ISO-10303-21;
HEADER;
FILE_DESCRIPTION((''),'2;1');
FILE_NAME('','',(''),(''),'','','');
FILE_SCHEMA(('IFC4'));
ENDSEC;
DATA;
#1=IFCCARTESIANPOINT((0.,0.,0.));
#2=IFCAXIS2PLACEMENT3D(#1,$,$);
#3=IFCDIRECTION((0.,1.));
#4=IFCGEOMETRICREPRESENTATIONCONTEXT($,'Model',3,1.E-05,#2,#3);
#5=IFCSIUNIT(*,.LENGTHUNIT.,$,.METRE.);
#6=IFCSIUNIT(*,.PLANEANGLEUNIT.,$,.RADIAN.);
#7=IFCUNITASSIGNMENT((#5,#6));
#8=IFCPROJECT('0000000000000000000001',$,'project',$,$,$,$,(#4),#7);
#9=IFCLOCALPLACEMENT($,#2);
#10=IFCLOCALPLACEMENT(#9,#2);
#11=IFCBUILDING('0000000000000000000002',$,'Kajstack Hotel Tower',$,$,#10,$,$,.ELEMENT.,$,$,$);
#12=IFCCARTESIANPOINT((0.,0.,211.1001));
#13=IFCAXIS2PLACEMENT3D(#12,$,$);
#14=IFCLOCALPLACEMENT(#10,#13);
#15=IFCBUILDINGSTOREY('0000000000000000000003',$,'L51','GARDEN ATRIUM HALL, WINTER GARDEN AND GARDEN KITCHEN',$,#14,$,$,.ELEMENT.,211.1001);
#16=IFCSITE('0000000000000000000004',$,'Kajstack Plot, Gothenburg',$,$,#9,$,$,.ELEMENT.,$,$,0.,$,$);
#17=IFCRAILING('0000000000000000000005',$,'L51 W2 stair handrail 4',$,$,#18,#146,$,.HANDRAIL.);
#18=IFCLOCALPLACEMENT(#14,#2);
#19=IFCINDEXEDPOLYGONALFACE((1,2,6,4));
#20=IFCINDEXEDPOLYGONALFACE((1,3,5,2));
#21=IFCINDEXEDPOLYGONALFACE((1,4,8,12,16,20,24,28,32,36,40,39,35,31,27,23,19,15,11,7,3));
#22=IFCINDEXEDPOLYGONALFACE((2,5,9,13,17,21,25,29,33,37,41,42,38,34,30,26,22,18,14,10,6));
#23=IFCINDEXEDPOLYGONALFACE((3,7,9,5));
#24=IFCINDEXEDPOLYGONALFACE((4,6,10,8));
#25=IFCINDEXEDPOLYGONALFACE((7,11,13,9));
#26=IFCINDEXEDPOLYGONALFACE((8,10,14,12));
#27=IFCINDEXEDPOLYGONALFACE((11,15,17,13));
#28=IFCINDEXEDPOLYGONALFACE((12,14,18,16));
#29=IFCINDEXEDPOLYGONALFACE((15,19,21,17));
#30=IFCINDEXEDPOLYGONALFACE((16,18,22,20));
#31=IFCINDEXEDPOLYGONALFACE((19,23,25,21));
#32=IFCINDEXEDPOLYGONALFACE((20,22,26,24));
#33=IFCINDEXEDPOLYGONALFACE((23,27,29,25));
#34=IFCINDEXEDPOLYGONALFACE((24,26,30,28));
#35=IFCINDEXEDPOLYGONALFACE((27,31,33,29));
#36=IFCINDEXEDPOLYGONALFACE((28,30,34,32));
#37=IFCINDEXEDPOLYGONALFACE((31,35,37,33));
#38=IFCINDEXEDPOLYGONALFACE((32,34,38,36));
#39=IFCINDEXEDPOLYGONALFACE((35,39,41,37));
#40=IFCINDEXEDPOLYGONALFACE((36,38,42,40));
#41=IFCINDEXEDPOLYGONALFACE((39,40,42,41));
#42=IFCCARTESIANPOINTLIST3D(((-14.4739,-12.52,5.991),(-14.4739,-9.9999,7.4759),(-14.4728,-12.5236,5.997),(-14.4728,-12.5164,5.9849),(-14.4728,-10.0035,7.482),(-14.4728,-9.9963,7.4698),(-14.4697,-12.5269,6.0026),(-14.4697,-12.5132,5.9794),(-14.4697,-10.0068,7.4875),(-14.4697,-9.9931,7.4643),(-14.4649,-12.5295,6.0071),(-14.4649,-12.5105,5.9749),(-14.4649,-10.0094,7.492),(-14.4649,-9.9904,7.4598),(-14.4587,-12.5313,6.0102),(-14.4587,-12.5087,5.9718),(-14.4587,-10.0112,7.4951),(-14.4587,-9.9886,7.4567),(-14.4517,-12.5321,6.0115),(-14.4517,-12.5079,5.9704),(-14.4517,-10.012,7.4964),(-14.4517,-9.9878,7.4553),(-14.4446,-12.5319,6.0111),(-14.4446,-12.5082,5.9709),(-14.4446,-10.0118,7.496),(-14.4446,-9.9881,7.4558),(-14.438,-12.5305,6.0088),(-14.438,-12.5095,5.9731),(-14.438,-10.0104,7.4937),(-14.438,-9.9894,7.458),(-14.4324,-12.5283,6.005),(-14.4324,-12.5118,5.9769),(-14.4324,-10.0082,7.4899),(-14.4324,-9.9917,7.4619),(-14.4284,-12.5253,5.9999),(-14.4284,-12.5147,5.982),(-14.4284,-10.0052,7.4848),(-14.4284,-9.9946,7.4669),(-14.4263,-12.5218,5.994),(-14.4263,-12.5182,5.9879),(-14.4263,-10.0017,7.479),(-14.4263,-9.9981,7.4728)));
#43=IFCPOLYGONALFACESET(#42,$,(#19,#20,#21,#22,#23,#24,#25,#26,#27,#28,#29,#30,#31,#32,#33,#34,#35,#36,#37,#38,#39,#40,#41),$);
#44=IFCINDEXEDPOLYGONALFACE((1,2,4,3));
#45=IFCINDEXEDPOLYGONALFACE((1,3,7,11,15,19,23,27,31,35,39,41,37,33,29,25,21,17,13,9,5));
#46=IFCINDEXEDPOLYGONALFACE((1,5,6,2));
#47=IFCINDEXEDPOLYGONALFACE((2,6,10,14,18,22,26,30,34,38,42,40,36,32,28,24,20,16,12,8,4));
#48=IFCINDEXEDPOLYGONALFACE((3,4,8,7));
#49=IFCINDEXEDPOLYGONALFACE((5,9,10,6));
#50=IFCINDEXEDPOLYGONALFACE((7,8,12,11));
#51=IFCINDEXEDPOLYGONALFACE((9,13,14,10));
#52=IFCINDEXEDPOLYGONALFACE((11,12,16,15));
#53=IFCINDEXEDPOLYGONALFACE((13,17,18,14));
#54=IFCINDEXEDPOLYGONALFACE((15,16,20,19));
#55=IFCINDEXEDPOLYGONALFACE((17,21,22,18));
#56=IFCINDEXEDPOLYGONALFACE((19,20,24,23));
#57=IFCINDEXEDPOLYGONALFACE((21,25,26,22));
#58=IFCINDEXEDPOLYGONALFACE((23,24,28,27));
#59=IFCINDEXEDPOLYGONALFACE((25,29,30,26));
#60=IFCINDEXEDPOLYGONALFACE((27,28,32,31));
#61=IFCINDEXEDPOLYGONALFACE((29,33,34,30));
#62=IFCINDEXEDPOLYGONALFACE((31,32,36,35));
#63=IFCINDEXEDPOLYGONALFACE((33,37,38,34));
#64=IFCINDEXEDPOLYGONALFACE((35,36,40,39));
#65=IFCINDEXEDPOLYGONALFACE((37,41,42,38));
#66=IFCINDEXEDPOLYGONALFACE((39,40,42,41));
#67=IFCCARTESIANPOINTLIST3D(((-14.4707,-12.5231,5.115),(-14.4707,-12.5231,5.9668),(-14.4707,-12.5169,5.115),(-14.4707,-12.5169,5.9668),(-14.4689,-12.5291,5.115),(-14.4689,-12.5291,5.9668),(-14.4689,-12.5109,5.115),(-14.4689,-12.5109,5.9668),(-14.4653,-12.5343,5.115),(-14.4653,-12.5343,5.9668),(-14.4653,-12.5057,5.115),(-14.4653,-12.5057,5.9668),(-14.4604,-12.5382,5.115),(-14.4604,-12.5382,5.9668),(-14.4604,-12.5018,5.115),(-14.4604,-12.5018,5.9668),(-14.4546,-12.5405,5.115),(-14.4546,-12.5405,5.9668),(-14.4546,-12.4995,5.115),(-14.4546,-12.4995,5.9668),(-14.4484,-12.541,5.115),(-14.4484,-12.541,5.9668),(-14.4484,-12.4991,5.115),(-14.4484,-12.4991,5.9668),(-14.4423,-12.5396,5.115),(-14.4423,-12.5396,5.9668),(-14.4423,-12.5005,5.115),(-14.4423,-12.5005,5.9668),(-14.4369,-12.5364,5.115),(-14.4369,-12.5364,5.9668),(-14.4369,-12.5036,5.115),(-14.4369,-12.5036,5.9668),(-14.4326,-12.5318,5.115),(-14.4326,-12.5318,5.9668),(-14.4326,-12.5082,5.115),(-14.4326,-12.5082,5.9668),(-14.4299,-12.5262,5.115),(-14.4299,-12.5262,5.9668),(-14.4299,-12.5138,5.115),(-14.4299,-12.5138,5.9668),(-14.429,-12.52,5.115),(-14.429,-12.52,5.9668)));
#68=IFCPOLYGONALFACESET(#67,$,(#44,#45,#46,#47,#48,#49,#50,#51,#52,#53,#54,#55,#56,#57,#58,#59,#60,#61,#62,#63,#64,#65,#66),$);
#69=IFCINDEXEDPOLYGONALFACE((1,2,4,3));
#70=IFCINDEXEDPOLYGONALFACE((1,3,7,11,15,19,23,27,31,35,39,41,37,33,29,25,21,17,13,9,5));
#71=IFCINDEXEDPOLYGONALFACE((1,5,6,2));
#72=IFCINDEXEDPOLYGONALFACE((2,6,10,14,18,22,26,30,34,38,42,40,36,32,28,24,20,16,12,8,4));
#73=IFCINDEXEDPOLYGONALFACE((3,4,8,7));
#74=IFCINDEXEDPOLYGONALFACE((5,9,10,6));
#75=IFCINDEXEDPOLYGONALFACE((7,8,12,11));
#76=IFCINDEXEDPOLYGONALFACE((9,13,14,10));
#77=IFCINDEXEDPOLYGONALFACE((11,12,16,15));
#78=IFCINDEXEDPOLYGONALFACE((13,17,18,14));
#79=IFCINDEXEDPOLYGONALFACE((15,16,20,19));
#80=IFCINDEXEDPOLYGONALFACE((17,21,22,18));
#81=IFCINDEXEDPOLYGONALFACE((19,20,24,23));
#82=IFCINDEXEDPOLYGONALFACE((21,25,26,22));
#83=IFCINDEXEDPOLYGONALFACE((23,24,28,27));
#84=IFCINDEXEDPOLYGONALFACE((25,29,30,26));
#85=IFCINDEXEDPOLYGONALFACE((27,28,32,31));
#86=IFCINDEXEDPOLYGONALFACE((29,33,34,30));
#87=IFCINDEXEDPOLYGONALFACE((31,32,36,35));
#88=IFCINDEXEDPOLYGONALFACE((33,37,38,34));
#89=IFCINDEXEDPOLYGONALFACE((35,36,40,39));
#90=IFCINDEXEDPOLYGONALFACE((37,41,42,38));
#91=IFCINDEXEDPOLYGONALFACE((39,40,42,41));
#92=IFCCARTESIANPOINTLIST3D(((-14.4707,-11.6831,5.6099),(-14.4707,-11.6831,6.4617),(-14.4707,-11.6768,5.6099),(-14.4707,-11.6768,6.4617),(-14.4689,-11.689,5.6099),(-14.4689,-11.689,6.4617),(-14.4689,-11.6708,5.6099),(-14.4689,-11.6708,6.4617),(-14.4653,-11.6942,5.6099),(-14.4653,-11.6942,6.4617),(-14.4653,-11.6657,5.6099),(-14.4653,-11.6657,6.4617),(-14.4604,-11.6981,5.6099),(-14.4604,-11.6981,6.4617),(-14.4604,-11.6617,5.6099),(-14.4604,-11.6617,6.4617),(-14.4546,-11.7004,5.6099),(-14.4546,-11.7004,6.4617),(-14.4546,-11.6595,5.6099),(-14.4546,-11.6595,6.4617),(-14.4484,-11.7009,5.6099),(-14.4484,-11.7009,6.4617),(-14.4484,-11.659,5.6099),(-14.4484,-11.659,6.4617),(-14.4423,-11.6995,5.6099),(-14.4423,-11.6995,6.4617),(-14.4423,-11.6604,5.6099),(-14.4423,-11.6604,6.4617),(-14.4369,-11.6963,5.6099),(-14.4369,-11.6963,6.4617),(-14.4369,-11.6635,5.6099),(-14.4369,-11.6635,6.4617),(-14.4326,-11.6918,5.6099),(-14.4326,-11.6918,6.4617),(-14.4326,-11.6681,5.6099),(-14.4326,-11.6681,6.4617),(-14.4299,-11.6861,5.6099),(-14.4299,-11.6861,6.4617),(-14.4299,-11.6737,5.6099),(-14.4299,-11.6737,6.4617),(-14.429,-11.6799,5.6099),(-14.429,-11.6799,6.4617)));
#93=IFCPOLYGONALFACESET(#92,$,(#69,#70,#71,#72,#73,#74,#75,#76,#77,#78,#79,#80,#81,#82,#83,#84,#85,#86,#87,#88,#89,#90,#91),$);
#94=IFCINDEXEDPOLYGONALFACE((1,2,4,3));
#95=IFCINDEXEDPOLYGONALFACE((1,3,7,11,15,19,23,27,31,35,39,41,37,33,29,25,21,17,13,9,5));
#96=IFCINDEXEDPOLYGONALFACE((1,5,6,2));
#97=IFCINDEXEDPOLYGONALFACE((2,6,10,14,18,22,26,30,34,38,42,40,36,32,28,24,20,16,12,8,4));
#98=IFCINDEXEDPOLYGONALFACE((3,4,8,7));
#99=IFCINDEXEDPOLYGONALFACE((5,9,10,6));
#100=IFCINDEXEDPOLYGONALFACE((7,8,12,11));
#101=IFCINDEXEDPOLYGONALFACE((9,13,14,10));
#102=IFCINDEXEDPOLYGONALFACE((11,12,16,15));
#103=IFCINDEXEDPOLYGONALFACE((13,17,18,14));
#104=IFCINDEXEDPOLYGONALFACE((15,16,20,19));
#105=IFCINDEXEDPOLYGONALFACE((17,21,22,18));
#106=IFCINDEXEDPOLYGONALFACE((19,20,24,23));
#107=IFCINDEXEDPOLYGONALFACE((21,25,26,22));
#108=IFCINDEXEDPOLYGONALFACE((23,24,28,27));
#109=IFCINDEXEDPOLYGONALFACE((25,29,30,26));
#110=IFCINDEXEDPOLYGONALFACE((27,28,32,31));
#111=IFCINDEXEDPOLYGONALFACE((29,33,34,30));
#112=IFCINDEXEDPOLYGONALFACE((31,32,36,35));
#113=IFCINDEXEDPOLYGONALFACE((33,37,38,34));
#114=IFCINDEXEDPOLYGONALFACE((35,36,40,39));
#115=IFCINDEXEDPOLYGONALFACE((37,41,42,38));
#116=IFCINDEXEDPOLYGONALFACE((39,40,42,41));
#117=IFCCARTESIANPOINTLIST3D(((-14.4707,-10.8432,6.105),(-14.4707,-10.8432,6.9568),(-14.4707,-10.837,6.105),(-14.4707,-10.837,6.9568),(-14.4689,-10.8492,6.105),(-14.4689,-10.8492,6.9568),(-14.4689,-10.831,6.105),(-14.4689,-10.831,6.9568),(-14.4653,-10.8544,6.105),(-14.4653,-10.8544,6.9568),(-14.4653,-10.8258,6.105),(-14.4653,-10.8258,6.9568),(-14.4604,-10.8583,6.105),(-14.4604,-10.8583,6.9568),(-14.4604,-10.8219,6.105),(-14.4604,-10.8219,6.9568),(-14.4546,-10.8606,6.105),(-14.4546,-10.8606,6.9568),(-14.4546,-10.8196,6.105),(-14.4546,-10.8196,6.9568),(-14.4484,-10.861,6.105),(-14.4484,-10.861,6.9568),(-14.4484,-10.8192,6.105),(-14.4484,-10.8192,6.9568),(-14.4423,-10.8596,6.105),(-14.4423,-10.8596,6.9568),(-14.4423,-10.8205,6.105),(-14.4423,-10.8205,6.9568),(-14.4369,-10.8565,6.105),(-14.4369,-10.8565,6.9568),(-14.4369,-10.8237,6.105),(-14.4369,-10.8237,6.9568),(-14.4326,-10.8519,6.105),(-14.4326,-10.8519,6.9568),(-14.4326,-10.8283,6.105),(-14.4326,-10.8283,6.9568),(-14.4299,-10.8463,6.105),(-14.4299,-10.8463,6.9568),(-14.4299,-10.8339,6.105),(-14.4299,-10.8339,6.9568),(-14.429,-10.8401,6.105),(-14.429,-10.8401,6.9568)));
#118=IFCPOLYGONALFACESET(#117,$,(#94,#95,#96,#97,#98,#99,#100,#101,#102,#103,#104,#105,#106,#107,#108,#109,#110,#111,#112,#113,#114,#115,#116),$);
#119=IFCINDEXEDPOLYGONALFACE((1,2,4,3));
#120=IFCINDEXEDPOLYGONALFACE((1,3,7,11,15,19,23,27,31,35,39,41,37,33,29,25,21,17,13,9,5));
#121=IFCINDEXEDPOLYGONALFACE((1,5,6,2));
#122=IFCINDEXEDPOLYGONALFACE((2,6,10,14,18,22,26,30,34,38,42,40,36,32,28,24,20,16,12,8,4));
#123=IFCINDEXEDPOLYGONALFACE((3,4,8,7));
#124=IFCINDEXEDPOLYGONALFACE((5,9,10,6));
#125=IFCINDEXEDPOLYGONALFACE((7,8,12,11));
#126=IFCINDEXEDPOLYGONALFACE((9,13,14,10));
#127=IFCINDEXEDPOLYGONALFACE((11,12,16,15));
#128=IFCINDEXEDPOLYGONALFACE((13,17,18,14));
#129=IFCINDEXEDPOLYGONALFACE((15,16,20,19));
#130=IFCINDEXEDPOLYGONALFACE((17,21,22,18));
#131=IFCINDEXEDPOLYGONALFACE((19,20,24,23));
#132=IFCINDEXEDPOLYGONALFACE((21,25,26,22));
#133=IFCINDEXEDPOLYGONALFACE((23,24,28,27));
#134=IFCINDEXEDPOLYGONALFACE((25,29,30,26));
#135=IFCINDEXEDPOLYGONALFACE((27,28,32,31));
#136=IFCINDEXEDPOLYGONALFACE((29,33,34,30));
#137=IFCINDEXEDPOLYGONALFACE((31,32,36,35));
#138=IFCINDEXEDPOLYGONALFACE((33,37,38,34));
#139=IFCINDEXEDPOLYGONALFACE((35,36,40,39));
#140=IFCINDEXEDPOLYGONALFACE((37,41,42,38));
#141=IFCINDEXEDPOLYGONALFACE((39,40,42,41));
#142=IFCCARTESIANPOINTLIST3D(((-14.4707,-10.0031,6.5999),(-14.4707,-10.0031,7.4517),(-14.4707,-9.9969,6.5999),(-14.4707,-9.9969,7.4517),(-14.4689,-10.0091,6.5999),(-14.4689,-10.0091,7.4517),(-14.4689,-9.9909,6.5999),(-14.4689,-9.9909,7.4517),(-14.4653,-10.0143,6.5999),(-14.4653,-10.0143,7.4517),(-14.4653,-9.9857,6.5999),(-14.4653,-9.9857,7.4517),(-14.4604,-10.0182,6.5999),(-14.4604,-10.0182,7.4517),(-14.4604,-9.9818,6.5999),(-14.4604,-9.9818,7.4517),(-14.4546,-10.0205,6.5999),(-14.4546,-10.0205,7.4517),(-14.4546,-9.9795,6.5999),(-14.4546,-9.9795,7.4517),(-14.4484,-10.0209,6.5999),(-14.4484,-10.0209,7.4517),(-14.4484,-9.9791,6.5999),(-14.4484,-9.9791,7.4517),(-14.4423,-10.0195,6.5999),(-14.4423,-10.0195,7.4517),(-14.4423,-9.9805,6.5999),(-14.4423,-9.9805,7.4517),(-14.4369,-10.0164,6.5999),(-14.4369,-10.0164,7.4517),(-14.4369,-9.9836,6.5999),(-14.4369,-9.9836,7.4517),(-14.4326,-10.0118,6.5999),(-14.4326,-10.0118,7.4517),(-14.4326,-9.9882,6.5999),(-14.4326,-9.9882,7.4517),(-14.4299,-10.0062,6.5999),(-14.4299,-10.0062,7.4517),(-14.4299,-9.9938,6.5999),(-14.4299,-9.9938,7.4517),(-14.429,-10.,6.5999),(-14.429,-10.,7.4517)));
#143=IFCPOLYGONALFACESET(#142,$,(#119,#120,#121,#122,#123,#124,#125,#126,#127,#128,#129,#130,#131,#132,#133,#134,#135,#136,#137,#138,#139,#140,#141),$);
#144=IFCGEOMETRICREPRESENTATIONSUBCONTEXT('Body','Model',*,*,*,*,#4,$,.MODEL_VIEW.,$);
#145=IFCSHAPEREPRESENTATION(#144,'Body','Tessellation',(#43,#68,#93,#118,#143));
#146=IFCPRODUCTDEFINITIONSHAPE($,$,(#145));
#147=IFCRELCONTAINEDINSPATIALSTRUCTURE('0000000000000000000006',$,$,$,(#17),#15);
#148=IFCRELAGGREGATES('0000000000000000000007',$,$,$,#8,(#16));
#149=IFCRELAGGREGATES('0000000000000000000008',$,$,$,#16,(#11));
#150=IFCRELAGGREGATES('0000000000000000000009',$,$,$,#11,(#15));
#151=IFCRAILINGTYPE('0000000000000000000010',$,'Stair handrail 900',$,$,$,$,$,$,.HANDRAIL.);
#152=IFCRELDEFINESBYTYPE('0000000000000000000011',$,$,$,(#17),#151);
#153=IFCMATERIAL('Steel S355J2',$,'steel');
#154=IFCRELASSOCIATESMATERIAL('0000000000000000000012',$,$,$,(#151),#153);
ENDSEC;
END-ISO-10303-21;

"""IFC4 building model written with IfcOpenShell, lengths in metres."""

from ifc_helpers import new_model, si_unit, direction, frame, origin, origin_2d, place, context, subcontext, project, spatial, circle, extrude, material, type_object, element, save


model = new_model("IFC4")

# Units and contexts
model_context = context("Model", 3, precision=1e-05, world=origin(), true_north=direction((0.0, 1.0)))
body_context = subcontext(model_context, "Body", "Model", "MODEL_VIEW")
ifc_project = project(units=[si_unit("LENGTHUNIT", "METRE"), si_unit("PLANEANGLEUNIT", "RADIAN")], contexts=[model_context])

# Site, building, storey
site_placement = place(None, origin())
site = spatial("IfcSite", under=ifc_project, at=site_placement, Name="Kajstack Plot, Gothenburg", CompositionType="ELEMENT", RefElevation=0.0)
building_placement = place(site_placement, origin())
building = spatial("IfcBuilding", under=site, at=building_placement, Name="Kajstack Hotel Tower", CompositionType="ELEMENT")
storey_placement = place(building_placement, frame((0.0, 0.0, 211.1001)))
storey = spatial("IfcBuildingStorey", under=building, at=storey_placement, Name="L51", Description="GARDEN ATRIUM HALL, WINTER GARDEN AND GARDEN KITCHEN", CompositionType="ELEMENT", Elevation=211.1001)

# Railing
ifc_material_1 = material(Name="Steel S355J2", Category="steel")
railing_type_1 = type_object("IfcRailingType", Name="Stair handrail 900", PredefinedType="HANDRAIL", material=ifc_material_1)
railing_1_placement = place(storey_placement, frame((-14.45, -12.52, 5.115)))
element("IfcRailing", 1, at=railing_1_placement, inside=storey, type_object=railing_type_1, Name="L51 W2 stair handrail 4", PredefinedType="HANDRAIL", context=body_context, shape_type="SweptSolid", body=[
    extrude(circle(Radius=0.0239, at=origin_2d()), frame((0.0, 0.0, 0.876), z_axis=(0.0, 0.861561, 0.507655), x_axis=(-1.0, 0.0, 0.0)), (0.0, 0.0, 1.0), 2.925),
    extrude(circle(Radius=0.021, at=origin_2d()), origin(), (0.0, 0.0, 1.0), 0.8518),
    extrude(circle(Radius=0.021, at=origin_2d()), frame((0.0, 0.8401, 0.4949)), (0.0, 0.0, 1.0), 0.8518),
    extrude(circle(Radius=0.021, at=origin_2d()), frame((0.0, 1.6799, 0.99)), (0.0, 0.0, 1.0), 0.8518),
    extrude(circle(Radius=0.021, at=origin_2d()), frame((0.0, 2.52, 1.4849)), (0.0, 0.0, 1.0), 0.8518),
])

save(model, "model.ifc")
